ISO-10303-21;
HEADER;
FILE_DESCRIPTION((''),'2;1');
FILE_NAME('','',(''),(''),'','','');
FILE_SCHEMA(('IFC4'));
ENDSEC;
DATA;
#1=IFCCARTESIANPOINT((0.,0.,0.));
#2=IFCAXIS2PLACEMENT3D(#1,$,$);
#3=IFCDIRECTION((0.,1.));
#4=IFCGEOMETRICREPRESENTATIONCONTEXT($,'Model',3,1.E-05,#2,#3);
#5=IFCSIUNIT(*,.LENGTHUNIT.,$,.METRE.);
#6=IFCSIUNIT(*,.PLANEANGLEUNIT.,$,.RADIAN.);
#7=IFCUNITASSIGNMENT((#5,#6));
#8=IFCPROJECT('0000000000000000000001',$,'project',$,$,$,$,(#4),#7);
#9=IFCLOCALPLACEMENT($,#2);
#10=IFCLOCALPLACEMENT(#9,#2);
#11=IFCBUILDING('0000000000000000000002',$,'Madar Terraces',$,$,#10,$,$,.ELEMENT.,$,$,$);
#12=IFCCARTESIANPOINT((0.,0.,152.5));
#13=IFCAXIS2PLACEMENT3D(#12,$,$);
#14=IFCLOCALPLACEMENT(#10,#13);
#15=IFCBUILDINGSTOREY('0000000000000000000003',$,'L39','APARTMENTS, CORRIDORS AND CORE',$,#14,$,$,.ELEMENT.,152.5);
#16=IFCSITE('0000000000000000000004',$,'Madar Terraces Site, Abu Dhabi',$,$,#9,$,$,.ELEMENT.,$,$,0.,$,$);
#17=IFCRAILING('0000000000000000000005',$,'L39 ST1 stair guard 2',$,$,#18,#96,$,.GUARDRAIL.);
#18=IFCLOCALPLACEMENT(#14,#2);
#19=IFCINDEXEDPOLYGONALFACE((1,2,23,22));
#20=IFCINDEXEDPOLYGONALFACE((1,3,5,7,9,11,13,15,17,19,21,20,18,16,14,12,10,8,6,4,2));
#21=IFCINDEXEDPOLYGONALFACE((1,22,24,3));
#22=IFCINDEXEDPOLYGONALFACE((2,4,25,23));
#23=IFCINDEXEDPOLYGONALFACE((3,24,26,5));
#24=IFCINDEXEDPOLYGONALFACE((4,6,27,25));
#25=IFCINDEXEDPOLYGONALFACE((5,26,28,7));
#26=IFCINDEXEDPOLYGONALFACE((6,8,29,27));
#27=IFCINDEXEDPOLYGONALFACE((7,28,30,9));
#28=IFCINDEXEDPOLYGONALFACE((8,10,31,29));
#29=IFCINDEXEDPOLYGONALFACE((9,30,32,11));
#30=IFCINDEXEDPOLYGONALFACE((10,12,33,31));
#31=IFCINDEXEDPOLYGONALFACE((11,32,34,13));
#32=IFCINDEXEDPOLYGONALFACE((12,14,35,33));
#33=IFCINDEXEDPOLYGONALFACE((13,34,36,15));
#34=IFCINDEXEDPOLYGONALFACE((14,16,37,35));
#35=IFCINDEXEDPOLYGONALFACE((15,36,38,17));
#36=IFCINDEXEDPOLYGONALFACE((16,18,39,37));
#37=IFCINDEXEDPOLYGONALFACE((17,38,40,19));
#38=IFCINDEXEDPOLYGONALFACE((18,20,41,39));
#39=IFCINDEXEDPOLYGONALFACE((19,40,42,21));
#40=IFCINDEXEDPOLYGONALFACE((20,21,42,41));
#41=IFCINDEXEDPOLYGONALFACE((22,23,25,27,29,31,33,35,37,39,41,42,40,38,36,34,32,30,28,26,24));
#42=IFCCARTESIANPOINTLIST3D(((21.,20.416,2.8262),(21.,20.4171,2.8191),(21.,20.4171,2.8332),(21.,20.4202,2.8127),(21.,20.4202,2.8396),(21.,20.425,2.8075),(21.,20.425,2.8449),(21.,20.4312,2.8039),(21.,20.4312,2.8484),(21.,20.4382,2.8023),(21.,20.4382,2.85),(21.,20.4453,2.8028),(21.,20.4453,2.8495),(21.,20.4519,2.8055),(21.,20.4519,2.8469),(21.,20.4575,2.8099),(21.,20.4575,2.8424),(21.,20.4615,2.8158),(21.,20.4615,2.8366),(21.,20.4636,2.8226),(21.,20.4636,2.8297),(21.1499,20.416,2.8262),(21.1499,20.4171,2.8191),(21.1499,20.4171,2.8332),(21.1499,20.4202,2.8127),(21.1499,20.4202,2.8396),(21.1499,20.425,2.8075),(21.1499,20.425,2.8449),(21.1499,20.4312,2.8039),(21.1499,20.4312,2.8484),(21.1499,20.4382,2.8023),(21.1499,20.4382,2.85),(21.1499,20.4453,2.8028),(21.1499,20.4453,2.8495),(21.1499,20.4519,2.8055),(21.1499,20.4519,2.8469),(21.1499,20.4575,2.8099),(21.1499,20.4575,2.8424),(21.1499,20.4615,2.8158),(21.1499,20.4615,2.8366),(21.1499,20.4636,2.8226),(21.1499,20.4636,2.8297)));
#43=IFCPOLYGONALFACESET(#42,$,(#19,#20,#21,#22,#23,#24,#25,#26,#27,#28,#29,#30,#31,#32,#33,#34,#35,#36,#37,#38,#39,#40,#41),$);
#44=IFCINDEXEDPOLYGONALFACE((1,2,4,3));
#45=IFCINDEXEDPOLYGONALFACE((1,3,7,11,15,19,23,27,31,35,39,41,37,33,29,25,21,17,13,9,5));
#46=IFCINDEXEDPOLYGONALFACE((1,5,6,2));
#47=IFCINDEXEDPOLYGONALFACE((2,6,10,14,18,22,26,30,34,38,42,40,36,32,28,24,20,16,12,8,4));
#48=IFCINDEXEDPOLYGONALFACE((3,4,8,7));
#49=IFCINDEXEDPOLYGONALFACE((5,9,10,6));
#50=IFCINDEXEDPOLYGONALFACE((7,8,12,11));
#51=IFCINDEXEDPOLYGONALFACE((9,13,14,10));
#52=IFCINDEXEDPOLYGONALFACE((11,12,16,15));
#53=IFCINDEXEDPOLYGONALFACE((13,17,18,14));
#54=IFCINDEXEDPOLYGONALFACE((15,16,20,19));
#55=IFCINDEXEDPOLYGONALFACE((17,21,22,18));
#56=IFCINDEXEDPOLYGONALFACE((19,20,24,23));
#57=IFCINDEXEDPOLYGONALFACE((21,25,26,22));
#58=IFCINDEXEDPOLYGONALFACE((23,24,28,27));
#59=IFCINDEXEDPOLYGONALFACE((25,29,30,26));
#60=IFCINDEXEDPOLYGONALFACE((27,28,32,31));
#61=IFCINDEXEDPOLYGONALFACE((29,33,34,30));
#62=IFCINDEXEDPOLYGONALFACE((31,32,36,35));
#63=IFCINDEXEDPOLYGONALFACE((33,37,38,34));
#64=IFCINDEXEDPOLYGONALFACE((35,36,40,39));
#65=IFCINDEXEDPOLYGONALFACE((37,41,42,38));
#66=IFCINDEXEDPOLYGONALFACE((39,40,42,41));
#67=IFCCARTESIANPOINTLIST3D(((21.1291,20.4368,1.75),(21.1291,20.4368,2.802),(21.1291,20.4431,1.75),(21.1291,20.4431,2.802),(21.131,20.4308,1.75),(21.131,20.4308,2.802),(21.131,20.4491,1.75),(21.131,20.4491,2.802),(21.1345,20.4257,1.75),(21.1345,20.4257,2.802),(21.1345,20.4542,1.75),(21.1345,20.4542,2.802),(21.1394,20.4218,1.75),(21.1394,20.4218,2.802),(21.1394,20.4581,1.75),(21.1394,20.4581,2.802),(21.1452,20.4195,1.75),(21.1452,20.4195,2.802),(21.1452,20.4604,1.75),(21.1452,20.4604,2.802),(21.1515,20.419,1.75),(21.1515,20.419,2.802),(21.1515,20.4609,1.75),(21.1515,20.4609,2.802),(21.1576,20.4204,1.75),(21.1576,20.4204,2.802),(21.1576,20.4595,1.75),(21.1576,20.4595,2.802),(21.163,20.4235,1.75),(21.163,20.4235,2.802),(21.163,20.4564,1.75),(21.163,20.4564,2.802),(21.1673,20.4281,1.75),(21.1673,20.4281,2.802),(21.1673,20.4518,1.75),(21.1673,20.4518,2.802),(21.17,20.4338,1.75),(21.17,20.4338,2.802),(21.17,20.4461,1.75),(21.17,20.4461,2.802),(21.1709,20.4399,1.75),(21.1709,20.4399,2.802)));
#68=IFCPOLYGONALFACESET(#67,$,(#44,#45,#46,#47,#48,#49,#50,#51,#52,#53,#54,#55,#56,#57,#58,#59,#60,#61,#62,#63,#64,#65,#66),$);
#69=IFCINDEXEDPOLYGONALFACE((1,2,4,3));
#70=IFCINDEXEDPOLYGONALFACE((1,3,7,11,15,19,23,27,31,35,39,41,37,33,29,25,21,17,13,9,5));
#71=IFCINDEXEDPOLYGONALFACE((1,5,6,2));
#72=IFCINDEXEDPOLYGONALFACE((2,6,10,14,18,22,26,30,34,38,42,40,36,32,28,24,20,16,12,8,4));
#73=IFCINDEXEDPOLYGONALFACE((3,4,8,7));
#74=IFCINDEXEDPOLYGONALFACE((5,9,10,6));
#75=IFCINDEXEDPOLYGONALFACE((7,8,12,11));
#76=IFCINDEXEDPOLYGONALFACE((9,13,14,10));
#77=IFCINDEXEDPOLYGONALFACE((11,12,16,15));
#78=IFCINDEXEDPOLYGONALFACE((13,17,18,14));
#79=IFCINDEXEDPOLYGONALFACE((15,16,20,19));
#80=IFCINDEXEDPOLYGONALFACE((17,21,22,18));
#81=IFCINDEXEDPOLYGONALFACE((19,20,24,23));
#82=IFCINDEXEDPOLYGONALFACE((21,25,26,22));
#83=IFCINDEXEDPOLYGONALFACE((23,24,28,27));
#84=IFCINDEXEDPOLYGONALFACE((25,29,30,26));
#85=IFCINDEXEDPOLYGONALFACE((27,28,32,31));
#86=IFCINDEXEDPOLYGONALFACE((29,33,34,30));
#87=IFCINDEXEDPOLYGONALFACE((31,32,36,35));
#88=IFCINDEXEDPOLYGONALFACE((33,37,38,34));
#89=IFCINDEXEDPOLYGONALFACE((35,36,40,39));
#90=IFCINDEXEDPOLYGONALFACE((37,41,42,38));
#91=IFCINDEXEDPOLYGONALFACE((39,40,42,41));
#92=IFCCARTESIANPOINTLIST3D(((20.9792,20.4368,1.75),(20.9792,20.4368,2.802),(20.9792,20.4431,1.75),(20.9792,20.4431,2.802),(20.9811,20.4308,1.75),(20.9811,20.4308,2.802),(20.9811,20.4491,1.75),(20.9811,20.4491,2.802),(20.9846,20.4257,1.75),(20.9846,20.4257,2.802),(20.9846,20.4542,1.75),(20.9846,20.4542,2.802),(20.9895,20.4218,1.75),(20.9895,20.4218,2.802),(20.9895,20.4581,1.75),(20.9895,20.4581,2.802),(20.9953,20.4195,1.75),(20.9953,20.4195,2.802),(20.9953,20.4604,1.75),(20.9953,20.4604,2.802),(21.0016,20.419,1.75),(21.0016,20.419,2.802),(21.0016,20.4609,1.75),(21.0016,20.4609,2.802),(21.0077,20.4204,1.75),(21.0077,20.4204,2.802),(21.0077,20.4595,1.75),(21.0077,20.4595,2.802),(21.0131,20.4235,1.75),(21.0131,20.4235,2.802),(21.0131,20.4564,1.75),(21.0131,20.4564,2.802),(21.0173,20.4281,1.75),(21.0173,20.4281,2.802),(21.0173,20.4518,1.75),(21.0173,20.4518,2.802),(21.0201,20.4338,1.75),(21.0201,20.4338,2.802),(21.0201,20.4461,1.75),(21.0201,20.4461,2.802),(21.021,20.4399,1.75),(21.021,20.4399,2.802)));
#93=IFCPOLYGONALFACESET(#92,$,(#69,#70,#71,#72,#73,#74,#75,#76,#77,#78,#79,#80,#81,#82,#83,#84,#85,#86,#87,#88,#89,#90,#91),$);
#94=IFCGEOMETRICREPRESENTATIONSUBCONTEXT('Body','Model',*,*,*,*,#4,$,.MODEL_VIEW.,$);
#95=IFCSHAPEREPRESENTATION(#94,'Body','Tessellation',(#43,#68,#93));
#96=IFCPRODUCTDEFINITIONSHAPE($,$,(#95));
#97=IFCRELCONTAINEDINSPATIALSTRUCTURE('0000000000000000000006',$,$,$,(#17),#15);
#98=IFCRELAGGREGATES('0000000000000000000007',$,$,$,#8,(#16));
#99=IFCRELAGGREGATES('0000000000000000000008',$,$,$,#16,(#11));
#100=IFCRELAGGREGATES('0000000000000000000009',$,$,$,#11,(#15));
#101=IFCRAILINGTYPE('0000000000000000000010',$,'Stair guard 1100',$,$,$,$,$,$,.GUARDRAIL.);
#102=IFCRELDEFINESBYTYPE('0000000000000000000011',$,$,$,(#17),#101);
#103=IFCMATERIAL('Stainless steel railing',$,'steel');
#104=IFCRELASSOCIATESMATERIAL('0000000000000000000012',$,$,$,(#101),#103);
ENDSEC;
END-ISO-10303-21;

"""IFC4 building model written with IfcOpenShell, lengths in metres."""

from ifc_helpers import new_model, si_unit, direction, frame, origin, origin_2d, place, context, subcontext, project, spatial, circle, extrude, material, type_object, element, save


model = new_model("IFC4")

# Units and contexts
model_context = context("Model", 3, precision=1e-05, world=origin(), true_north=direction((0.0, 1.0)))
body_context = subcontext(model_context, "Body", "Model", "MODEL_VIEW")
ifc_project = project(units=[si_unit("LENGTHUNIT", "METRE"), si_unit("PLANEANGLEUNIT", "RADIAN")], contexts=[model_context])

# Site, building, storey
site_placement = place(None, origin())
site = spatial("IfcSite", under=ifc_project, at=site_placement, Name="Madar Terraces Site, Abu Dhabi", CompositionType="ELEMENT", RefElevation=0.0)
building_placement = place(site_placement, origin())
building = spatial("IfcBuilding", under=site, at=building_placement, Name="Madar Terraces", CompositionType="ELEMENT")
storey_placement = place(building_placement, frame((0.0, 0.0, 152.5)))
storey = spatial("IfcBuildingStorey", under=building, at=storey_placement, Name="L39", Description="APARTMENTS, CORRIDORS AND CORE", CompositionType="ELEMENT", Elevation=152.5)

# Railing
ifc_material_1 = material(Name="Stainless steel railing", Category="steel")
railing_type_1 = type_object("IfcRailingType", Name="Stair guard 1100", PredefinedType="GUARDRAIL", material=ifc_material_1)
railing_1_placement = place(storey_placement, frame((21.1499, 20.4399, 1.75)))
element("IfcRailing", 1, at=railing_1_placement, inside=storey, type_object=railing_type_1, Name="L39 ST1 stair guard 2", PredefinedType="GUARDRAIL", context=body_context, shape_type="SweptSolid", body=[
    extrude(circle(Radius=0.0239, at=origin_2d()), frame((0.0, 0.0, 1.0762), z_axis=(-1.0, 0.0, 0.0), x_axis=(0.0, -1.0, 0.0)), (0.0, 0.0, 1.0), 0.1499),
    extrude(circle(Radius=0.021, at=origin_2d()), origin(), (0.0, 0.0, 1.0), 1.052),
    extrude(circle(Radius=0.021, at=origin_2d()), frame((-0.1499, 0.0, 0.0)), (0.0, 0.0, 1.0), 1.052),
])

save(model, "model.ifc")
